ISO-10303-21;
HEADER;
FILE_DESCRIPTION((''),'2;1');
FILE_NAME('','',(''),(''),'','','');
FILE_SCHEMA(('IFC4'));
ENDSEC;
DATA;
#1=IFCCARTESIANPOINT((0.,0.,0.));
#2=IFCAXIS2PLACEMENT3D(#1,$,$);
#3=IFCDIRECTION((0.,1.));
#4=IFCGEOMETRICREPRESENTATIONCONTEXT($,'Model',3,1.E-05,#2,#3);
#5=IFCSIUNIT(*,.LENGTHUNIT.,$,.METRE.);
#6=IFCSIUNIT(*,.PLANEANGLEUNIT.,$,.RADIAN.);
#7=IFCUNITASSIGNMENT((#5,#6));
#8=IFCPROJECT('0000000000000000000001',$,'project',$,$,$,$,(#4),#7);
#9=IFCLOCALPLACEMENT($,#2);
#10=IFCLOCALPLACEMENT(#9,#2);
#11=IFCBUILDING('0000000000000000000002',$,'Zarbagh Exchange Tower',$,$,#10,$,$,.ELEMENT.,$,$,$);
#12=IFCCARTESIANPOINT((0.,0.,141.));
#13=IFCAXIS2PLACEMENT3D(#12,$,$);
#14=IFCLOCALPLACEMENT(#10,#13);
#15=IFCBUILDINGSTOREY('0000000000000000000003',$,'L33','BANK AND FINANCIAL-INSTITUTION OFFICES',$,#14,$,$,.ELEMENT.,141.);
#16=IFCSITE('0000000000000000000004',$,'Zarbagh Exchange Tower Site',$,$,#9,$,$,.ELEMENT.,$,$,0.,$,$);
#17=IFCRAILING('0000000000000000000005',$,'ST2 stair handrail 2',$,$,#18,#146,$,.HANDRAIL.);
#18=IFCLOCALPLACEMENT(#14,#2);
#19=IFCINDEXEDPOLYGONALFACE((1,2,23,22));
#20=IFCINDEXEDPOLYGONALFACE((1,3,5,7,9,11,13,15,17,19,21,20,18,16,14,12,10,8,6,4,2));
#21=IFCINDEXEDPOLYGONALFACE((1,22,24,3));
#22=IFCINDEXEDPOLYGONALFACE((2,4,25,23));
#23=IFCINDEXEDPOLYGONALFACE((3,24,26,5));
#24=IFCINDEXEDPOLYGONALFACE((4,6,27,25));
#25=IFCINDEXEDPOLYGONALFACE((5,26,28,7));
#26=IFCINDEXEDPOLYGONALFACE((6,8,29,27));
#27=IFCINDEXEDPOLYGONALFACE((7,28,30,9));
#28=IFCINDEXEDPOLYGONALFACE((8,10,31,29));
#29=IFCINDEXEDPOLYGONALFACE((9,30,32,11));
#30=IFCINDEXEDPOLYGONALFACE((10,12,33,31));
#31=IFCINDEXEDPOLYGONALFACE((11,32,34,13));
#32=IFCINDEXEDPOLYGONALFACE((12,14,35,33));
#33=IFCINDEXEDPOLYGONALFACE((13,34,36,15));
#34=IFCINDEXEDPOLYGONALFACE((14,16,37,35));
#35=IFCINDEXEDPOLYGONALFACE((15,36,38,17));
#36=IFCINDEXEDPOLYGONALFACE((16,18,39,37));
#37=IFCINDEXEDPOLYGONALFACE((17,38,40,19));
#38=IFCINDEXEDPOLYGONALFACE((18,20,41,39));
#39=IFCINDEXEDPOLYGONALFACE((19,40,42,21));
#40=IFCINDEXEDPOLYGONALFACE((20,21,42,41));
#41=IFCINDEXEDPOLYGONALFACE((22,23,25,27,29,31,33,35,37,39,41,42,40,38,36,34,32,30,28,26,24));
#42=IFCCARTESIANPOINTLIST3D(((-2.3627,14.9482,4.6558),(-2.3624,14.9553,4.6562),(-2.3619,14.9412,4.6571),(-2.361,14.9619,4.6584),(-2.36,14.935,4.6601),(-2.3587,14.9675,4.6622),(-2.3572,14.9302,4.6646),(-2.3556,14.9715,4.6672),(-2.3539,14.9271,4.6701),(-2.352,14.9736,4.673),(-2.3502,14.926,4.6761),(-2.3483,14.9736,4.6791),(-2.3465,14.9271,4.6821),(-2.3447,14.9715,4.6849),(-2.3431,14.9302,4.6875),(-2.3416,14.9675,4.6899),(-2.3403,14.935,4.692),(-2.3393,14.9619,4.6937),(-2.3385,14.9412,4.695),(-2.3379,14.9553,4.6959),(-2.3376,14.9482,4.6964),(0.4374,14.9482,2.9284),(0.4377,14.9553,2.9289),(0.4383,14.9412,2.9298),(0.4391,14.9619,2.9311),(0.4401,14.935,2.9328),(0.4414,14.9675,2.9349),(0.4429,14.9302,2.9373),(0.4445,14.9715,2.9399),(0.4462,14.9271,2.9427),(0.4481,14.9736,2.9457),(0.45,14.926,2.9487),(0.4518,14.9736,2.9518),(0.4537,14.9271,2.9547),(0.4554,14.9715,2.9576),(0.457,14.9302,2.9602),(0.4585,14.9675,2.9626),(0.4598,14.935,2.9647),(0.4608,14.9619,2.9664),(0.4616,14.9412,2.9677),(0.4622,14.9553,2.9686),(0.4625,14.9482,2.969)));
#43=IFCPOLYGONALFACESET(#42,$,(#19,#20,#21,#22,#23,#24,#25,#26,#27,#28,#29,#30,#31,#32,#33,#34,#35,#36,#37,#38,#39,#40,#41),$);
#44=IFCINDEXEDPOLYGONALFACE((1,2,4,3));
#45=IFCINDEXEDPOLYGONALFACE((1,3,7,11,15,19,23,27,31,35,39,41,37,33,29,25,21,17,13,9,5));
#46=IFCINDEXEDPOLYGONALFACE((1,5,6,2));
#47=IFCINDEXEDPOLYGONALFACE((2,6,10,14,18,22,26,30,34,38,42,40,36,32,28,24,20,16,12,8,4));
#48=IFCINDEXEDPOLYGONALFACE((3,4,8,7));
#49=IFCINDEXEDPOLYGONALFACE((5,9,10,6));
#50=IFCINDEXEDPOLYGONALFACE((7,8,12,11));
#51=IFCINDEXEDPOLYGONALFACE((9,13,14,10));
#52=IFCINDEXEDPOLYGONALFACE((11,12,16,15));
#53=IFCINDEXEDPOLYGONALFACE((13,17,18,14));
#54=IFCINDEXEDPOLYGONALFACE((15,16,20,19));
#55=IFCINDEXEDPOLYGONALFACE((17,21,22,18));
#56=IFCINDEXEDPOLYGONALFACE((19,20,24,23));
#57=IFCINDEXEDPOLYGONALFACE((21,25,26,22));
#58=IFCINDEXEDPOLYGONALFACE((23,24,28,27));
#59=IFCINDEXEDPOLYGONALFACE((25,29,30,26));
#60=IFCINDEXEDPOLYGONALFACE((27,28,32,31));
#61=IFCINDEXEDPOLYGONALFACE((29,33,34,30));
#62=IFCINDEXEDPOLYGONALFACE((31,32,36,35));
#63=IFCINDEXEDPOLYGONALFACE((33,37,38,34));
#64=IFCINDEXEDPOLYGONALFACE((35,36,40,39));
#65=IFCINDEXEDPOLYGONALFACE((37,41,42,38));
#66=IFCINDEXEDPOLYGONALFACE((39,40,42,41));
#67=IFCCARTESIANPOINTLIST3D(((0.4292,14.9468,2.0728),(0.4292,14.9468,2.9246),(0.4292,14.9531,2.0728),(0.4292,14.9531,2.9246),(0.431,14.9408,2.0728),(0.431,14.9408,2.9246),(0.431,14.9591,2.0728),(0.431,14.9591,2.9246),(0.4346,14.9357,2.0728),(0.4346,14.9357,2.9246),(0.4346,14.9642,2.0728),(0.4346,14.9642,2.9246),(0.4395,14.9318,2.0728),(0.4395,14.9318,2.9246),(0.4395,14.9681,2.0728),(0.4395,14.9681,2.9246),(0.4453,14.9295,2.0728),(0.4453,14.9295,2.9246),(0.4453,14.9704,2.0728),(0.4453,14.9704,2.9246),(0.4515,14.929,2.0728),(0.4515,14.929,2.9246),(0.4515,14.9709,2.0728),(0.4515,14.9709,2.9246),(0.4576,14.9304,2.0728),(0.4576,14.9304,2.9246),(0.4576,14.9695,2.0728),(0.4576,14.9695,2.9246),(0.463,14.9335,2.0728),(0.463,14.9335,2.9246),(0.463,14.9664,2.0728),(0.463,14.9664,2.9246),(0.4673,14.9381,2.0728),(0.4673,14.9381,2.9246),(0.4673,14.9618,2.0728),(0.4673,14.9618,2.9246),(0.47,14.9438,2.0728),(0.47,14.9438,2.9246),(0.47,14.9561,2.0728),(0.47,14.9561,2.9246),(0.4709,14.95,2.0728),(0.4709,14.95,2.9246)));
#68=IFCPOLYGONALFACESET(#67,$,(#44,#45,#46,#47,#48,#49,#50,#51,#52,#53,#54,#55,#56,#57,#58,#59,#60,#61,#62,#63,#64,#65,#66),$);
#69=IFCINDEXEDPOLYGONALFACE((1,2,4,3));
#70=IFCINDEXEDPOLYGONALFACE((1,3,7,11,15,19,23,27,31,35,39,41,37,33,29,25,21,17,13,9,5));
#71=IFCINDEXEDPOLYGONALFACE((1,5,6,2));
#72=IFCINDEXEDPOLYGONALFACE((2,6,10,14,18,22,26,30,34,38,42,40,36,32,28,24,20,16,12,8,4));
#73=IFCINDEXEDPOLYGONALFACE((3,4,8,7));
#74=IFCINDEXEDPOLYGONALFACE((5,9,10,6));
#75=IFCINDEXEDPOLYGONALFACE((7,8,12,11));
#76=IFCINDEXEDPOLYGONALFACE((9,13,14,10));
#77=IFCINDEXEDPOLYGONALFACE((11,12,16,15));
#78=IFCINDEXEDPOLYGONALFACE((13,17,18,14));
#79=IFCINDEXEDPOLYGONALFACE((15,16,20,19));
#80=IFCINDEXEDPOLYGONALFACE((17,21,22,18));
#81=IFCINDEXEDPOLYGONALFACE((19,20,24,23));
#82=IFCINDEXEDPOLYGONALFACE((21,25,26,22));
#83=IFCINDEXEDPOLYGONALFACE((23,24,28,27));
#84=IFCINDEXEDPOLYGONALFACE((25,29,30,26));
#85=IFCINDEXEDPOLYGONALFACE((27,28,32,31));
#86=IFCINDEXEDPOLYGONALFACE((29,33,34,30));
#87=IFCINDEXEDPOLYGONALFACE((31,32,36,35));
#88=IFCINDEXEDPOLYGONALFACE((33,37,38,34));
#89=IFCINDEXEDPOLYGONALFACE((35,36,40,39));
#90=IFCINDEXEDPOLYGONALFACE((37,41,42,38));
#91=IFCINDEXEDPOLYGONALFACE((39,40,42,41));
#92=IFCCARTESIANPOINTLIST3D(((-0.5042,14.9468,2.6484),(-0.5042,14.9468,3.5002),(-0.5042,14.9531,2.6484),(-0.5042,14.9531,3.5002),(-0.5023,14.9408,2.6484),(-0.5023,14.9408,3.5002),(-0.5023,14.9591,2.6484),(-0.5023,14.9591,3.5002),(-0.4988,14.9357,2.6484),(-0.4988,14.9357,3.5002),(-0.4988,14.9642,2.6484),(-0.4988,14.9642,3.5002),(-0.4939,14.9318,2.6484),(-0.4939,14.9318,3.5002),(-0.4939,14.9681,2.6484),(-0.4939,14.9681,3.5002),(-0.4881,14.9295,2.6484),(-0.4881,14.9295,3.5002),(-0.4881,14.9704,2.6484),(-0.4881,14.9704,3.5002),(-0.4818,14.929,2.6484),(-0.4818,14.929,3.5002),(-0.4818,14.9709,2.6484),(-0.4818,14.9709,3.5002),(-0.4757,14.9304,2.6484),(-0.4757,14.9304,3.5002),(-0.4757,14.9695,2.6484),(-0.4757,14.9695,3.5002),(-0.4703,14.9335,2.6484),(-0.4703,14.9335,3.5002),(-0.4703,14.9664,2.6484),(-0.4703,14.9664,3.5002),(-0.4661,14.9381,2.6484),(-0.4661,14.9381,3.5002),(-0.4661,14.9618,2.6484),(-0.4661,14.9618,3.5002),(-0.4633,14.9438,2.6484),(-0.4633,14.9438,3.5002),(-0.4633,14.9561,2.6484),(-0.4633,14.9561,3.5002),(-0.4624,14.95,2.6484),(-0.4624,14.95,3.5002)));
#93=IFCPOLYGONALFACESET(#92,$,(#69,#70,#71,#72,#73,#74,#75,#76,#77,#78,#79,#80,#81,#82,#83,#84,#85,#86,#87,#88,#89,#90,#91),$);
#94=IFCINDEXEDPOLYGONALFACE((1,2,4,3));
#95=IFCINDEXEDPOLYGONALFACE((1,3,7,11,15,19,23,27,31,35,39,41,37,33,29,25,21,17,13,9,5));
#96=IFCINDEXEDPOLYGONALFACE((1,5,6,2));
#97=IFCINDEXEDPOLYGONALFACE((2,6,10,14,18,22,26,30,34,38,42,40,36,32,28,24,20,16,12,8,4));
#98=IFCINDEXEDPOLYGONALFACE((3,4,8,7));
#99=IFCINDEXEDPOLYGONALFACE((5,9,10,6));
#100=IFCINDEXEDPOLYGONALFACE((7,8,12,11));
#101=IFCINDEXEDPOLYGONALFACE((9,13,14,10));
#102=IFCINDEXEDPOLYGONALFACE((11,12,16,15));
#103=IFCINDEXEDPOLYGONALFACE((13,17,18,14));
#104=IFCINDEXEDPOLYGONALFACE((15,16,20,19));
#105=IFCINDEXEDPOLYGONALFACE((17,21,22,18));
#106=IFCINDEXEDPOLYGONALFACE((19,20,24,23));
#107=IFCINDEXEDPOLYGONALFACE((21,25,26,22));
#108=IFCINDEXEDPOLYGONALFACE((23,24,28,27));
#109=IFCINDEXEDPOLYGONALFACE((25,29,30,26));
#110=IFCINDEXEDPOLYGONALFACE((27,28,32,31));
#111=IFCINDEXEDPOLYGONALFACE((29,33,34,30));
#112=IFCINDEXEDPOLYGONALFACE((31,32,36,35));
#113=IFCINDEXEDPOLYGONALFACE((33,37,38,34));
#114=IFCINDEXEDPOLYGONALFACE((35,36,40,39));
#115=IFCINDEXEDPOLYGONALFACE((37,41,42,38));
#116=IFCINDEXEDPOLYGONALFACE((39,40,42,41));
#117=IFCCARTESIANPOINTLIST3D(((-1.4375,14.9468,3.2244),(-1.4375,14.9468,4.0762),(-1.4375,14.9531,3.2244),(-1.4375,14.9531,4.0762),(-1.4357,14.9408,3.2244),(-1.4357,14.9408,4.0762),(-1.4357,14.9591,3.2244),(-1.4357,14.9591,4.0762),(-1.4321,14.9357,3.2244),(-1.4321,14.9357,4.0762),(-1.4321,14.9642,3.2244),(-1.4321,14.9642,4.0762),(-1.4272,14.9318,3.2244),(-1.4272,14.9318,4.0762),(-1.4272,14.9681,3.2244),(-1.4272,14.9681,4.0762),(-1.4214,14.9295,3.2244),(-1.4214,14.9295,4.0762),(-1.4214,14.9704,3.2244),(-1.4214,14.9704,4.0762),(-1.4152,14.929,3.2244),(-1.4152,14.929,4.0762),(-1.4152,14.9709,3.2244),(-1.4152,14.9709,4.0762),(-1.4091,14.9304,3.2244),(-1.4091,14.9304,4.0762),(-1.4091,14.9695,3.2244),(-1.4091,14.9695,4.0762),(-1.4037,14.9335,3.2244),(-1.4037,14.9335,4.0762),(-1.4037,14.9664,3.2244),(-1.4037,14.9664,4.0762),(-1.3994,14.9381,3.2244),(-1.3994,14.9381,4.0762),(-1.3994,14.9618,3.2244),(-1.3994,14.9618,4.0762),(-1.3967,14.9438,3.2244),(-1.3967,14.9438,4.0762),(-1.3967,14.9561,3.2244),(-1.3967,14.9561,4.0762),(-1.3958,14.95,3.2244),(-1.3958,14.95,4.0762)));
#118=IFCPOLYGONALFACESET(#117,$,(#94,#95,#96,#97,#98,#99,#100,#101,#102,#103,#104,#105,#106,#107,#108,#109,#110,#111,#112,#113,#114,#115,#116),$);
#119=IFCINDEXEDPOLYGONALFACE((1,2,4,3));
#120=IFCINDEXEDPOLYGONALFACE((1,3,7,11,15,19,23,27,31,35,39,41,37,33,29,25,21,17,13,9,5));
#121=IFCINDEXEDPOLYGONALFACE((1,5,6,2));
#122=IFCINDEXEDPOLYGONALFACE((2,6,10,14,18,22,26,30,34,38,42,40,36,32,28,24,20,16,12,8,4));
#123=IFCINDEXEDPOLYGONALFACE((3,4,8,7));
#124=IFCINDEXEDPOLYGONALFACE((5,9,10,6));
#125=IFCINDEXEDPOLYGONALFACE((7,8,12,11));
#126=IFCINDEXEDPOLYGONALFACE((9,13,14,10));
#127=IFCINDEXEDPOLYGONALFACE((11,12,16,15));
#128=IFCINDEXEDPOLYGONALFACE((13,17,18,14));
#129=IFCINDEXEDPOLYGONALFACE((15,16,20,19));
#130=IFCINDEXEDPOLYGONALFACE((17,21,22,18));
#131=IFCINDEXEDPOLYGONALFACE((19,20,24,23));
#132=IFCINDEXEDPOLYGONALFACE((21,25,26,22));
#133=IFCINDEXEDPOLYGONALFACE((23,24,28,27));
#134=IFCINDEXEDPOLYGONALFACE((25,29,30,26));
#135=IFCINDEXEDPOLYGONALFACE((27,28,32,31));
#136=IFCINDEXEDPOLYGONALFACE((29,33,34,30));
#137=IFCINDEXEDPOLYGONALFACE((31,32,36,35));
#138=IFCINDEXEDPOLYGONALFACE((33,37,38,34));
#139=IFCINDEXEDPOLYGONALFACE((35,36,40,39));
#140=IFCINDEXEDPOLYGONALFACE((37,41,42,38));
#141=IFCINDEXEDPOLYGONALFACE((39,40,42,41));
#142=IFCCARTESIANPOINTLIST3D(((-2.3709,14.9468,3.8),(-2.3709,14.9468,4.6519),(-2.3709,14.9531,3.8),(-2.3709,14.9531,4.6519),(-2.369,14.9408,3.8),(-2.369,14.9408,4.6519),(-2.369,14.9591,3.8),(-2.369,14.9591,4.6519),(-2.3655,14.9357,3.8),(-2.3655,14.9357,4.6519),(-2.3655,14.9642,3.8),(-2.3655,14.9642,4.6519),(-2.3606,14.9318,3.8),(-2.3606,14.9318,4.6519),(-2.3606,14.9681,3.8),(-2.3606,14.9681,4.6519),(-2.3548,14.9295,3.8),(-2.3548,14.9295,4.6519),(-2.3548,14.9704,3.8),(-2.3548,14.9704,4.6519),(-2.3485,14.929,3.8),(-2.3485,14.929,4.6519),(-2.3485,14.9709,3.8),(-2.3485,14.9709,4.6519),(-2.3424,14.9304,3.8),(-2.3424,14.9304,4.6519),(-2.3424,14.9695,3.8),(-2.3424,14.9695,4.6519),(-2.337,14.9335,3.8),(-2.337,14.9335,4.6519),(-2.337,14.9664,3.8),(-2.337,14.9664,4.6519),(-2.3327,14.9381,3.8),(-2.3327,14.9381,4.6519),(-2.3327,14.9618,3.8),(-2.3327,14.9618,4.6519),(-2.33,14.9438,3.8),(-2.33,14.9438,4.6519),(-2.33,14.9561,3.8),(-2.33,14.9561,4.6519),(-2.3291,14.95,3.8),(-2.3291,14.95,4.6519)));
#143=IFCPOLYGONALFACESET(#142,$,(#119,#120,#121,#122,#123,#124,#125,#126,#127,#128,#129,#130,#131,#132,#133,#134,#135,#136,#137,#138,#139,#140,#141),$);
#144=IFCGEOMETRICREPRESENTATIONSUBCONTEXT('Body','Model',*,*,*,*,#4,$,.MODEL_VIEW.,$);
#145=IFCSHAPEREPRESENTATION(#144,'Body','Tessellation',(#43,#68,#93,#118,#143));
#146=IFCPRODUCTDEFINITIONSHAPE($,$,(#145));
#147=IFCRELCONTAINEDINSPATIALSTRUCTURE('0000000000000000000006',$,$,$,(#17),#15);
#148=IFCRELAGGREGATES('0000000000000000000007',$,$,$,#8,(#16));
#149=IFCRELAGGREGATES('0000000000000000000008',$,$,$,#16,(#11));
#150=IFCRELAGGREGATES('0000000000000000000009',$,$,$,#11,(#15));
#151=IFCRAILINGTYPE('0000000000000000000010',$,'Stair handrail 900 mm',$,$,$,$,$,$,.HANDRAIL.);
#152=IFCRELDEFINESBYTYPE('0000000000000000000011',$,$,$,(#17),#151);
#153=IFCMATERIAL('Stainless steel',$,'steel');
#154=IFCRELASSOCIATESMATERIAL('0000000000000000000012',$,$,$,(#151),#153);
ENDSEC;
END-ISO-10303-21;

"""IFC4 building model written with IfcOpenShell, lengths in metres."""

from ifc_helpers import new_model, si_unit, direction, frame, origin, origin_2d, place, context, subcontext, project, spatial, circle, extrude, material, type_object, element, save


model = new_model("IFC4")

# Units and contexts
model_context = context("Model", 3, precision=1e-05, world=origin(), true_north=direction((0.0, 1.0)))
body_context = subcontext(model_context, "Body", "Model", "MODEL_VIEW")
ifc_project = project(units=[si_unit("LENGTHUNIT", "METRE"), si_unit("PLANEANGLEUNIT", "RADIAN")], contexts=[model_context])

# Site, building, storey
site_placement = place(None, origin())
site = spatial("IfcSite", under=ifc_project, at=site_placement, Name="Zarbagh Exchange Tower Site", CompositionType="ELEMENT", RefElevation=0.0)
building_placement = place(site_placement, origin())
building = spatial("IfcBuilding", under=site, at=building_placement, Name="Zarbagh Exchange Tower", CompositionType="ELEMENT")
storey_placement = place(building_placement, frame((0.0, 0.0, 141.0)))
storey = spatial("IfcBuildingStorey", under=building, at=storey_placement, Name="L33", Description="BANK AND FINANCIAL-INSTITUTION OFFICES", CompositionType="ELEMENT", Elevation=141.0)

# Shared definitions
ifc_material_1 = material(Name="Stainless steel", Category="steel")

# Railing
railing_type_1 = type_object("IfcRailingType", Name="Stair handrail 900 mm", PredefinedType="HANDRAIL", material=ifc_material_1)
railing_1_placement = place(storey_placement, frame((0.45, 14.95, 2.0728)))
element("IfcRailing", 1, at=railing_1_placement, inside=storey, type_object=railing_type_1, Name="ST2 stair handrail 2", PredefinedType="HANDRAIL", context=body_context, shape_type="SweptSolid", body=[
    extrude(circle(Radius=0.0239, at=origin_2d()), frame((0.0, 0.0, 0.876), z_axis=(-0.85109, 0.0, 0.52502), x_axis=(0.0, -1.0, 0.0)), (0.0, 0.0, 1.0), 3.29),
    extrude(circle(Radius=0.021, at=origin_2d()), origin(), (0.0, 0.0, 1.0), 0.8518),
    extrude(circle(Radius=0.021, at=origin_2d()), frame((-0.9333, 0.0, 0.5757)), (0.0, 0.0, 1.0), 0.8518),
    extrude(circle(Radius=0.021, at=origin_2d()), frame((-1.8667, 0.0, 1.1516)), (0.0, 0.0, 1.0), 0.8518),
    extrude(circle(Radius=0.021, at=origin_2d()), frame((-2.8, 0.0, 1.7273)), (0.0, 0.0, 1.0), 0.8518),
])

save(model, "model.ifc")
